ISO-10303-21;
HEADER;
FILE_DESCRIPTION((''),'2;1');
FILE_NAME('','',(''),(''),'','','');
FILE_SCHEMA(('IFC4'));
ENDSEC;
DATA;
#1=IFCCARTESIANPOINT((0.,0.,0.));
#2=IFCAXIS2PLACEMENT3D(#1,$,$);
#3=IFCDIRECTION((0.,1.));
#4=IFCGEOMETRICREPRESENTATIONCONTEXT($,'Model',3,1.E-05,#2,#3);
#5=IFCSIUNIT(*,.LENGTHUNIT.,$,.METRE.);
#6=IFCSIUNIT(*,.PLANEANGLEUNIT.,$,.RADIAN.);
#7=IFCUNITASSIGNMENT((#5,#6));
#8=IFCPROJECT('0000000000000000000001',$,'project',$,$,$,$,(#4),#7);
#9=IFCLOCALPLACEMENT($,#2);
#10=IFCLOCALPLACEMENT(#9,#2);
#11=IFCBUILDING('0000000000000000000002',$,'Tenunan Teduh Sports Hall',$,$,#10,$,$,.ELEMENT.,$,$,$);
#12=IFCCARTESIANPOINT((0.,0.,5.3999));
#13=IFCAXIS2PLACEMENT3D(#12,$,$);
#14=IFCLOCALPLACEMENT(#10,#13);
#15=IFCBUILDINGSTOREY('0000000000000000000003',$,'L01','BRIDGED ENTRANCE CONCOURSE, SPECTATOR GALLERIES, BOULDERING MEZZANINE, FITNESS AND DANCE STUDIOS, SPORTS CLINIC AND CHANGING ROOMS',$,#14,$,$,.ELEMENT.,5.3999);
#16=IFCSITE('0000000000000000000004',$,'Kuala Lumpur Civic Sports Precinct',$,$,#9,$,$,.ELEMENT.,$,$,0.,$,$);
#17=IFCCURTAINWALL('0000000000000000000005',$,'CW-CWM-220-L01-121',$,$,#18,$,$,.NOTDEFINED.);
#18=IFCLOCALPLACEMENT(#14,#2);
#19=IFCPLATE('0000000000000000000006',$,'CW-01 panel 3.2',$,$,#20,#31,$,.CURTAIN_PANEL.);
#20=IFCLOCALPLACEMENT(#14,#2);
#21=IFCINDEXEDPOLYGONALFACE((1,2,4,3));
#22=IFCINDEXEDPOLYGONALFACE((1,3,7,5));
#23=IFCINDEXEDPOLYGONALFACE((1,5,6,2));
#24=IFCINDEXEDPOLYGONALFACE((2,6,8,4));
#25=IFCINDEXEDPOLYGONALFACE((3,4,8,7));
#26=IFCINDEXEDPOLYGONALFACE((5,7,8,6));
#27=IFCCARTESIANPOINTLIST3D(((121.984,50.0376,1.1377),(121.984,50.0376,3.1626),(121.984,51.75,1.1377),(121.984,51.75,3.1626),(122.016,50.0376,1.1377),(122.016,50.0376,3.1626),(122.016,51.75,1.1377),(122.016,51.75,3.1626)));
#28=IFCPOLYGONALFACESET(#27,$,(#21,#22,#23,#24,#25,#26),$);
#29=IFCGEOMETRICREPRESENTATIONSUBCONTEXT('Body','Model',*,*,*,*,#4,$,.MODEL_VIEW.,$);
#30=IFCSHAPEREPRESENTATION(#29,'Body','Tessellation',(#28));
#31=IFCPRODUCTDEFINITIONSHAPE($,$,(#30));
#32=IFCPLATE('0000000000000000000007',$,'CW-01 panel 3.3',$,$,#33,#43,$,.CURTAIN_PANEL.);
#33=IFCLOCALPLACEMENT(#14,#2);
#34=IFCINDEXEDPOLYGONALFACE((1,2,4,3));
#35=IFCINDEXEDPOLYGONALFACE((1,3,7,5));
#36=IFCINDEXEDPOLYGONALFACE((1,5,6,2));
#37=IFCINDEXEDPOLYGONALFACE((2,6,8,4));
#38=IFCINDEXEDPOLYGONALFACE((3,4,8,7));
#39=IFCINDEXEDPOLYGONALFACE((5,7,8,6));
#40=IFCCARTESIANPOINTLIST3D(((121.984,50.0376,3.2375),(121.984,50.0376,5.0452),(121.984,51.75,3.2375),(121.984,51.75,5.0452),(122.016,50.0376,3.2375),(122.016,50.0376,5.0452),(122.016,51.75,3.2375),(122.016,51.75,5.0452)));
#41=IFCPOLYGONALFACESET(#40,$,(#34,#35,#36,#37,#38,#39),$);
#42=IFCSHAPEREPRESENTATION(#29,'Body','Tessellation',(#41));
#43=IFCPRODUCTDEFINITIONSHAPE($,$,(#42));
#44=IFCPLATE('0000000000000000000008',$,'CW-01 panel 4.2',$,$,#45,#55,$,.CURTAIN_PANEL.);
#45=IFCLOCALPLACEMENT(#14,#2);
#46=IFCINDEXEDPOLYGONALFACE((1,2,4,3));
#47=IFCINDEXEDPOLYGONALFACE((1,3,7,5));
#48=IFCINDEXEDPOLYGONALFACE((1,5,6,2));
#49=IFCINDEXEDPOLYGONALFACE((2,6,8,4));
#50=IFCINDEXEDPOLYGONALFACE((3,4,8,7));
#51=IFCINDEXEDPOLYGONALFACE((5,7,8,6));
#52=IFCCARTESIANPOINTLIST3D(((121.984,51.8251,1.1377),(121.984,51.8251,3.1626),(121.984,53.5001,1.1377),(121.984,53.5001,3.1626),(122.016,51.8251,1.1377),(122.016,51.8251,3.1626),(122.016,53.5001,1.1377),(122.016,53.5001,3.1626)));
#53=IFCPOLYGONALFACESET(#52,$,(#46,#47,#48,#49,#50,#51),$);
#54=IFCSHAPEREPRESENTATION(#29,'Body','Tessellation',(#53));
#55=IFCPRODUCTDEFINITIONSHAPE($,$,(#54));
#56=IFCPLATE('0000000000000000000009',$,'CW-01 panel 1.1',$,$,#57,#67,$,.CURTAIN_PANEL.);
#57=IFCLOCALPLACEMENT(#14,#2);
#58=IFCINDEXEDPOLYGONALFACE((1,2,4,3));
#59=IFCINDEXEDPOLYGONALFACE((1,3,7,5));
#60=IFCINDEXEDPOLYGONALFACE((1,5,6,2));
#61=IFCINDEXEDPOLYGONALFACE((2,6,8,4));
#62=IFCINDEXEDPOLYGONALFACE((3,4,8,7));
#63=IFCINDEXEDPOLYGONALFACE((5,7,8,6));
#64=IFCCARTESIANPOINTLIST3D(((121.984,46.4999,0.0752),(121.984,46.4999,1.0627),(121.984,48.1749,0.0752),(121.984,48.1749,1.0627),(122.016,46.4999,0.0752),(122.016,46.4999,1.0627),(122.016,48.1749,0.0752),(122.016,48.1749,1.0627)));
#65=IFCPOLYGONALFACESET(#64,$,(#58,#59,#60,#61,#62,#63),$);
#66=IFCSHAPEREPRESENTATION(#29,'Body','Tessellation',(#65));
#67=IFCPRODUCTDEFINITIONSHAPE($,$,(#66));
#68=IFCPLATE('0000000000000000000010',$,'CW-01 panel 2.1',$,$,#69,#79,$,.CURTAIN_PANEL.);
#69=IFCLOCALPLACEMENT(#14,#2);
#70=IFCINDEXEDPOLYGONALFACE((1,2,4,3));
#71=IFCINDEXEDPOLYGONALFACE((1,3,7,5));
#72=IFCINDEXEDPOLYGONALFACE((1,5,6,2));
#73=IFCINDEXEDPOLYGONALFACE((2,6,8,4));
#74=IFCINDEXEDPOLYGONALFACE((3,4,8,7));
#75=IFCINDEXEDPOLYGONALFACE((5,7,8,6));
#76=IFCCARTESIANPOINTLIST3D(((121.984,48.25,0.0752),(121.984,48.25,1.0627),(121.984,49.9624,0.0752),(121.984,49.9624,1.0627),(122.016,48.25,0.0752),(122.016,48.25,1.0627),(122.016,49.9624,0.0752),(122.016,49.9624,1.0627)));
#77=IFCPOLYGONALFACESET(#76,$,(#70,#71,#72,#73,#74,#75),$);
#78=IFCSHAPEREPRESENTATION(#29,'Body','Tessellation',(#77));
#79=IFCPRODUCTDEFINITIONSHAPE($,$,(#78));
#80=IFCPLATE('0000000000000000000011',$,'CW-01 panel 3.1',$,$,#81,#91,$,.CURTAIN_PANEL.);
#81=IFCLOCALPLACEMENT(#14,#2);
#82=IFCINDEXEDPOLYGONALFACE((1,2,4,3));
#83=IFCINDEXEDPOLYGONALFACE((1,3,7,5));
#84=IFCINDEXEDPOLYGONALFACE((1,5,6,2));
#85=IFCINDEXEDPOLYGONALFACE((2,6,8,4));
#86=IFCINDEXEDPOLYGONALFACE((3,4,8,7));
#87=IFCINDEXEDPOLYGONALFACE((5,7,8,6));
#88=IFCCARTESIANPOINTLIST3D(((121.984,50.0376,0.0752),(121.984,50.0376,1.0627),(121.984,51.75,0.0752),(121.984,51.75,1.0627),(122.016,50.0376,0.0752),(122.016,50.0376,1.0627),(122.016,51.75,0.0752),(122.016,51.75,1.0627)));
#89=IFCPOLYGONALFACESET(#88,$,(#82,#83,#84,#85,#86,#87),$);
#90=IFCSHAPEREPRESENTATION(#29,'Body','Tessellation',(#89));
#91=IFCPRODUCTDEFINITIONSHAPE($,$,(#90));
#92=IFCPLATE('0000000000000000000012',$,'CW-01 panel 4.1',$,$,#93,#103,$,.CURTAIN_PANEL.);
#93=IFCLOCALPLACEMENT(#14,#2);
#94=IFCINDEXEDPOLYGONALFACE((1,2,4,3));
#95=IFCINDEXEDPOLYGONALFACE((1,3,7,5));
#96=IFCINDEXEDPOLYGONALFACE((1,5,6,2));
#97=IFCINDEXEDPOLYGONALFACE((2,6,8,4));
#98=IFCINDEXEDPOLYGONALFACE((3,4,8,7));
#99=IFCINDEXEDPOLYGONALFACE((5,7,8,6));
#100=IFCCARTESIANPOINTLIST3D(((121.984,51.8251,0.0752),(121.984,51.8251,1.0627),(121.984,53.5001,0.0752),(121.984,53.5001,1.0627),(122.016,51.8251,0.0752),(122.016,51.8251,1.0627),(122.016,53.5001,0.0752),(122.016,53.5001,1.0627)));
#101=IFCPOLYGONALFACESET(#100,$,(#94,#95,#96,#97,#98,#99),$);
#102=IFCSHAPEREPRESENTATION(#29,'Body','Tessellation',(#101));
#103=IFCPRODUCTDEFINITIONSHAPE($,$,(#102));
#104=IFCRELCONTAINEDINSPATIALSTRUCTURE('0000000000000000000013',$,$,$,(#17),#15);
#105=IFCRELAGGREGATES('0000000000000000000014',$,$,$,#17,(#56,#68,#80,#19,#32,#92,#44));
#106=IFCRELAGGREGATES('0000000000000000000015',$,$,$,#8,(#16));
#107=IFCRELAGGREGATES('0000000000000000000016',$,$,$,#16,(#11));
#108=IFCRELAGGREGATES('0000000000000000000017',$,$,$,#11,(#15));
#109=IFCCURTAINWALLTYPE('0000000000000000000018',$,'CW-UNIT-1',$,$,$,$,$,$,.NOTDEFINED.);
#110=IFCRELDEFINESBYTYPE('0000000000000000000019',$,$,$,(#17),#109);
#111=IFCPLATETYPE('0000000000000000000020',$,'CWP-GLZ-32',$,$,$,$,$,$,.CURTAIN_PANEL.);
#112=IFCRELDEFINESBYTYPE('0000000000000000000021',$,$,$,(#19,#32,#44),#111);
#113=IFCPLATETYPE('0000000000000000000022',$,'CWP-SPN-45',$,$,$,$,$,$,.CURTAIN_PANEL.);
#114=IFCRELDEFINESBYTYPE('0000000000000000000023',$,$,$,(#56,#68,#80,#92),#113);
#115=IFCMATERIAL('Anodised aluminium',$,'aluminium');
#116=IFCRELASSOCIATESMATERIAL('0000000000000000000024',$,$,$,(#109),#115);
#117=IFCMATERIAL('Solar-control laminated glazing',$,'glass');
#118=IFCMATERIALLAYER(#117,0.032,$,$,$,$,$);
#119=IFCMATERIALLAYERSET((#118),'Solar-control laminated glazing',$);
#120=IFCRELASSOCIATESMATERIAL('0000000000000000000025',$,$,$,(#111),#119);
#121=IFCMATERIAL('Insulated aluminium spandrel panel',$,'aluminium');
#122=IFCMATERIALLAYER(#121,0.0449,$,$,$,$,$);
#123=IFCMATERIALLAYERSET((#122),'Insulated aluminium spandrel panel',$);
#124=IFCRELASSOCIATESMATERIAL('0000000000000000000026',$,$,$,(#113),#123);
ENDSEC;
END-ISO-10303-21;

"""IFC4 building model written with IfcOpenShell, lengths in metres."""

from ifc_helpers import new_model, si_unit, direction, frame, origin, origin_2d, place, context, subcontext, project, spatial, rectangle, extrude, material, layer, layer_set, type_object, element, aggregate, save


model = new_model("IFC4")

# Units and contexts
model_context = context("Model", 3, precision=1e-05, world=origin(), true_north=direction((0.0, 1.0)))
body_context = subcontext(model_context, "Body", "Model", "MODEL_VIEW")
ifc_project = project(units=[si_unit("LENGTHUNIT", "METRE"), si_unit("PLANEANGLEUNIT", "RADIAN")], contexts=[model_context])

# Site, building, storey
site_placement = place(None, origin())
site = spatial("IfcSite", under=ifc_project, at=site_placement, Name="Kuala Lumpur Civic Sports Precinct", CompositionType="ELEMENT", RefElevation=0.0)
building_placement = place(site_placement, origin())
building = spatial("IfcBuilding", under=site, at=building_placement, Name="Tenunan Teduh Sports Hall", CompositionType="ELEMENT")
storey_placement = place(building_placement, frame((0.0, 0.0, 5.3999)))
storey = spatial("IfcBuildingStorey", under=building, at=storey_placement, Name="L01", Description="BRIDGED ENTRANCE CONCOURSE, SPECTATOR GALLERIES, BOULDERING MEZZANINE, FITNESS AND DANCE STUDIOS, SPORTS CLINIC AND CHANGING ROOMS", CompositionType="ELEMENT", Elevation=5.3999)

# Curtain wall
ifc_material_1 = material(Name="Anodised aluminium", Category="aluminium")
curtain_wall_type = type_object("IfcCurtainWallType", Name="CW-UNIT-1", PredefinedType="NOTDEFINED", material=ifc_material_1)
curtain_wall_placement = place(storey_placement, origin())
curtain_wall = element("IfcCurtainWall", 1, at=curtain_wall_placement, inside=storey, type_object=curtain_wall_type, Name="CW-CWM-220-L01-121", PredefinedType="NOTDEFINED")

# Plates
ifc_material_2 = material(Name="Solar-control laminated glazing", Category="glass")
ifc_layer_1 = layer(ifc_material_2, 0.032)
ifc_layer_set_1 = layer_set([ifc_layer_1], Name="Solar-control laminated glazing")
plate_type_1 = type_object("IfcPlateType", Name="CWP-GLZ-32", PredefinedType="CURTAIN_PANEL", material=ifc_layer_set_1)
plate_1_placement = place(storey_placement, frame((122.0, 50.8938, 1.1377), z_axis=(0.0, 0.0, 1.0), x_axis=(0.0, 1.0, 0.0)))
plate_1 = element("IfcPlate", 2, at=plate_1_placement, type_object=plate_type_1, Name="CW-01 panel 3.2", PredefinedType="CURTAIN_PANEL", context=body_context, shape_type="SweptSolid", body=[
    extrude(rectangle(XDim=1.7124, YDim=0.032, at=origin_2d()), origin(), (0.0, 0.0, 1.0), 2.0249),
])
plate_2_placement = place(storey_placement, frame((122.0, 50.8938, 3.2375), z_axis=(0.0, 0.0, 1.0), x_axis=(0.0, 1.0, 0.0)))
plate_2 = element("IfcPlate", 3, at=plate_2_placement, type_object=plate_type_1, Name="CW-01 panel 3.3", PredefinedType="CURTAIN_PANEL", context=body_context, shape_type="SweptSolid", body=[
    extrude(rectangle(XDim=1.7124, YDim=0.032, at=origin_2d()), origin(), (0.0, 0.0, 1.0), 1.8076),
])
plate_3_placement = place(storey_placement, frame((122.0, 52.6626, 1.1377), z_axis=(0.0, 0.0, 1.0), x_axis=(0.0, 1.0, 0.0)))
plate_3 = element("IfcPlate", 4, at=plate_3_placement, type_object=plate_type_1, Name="CW-01 panel 4.2", PredefinedType="CURTAIN_PANEL", context=body_context, shape_type="SweptSolid", body=[
    extrude(rectangle(XDim=1.675, YDim=0.032, at=origin_2d()), origin(), (0.0, 0.0, 1.0), 2.0249),
])
ifc_material_3 = material(Name="Insulated aluminium spandrel panel", Category="aluminium")
ifc_layer_2 = layer(ifc_material_3, 0.0449)
ifc_layer_set_2 = layer_set([ifc_layer_2], Name="Insulated aluminium spandrel panel")
plate_type_2 = type_object("IfcPlateType", Name="CWP-SPN-45", PredefinedType="CURTAIN_PANEL", material=ifc_layer_set_2)
plate_4_placement = place(storey_placement, frame((122.0, 47.3374, 0.0752), z_axis=(0.0, 0.0, 1.0), x_axis=(0.0, 1.0, 0.0)))
plate_4 = element("IfcPlate", 5, at=plate_4_placement, type_object=plate_type_2, Name="CW-01 panel 1.1", PredefinedType="CURTAIN_PANEL", context=body_context, shape_type="SweptSolid", body=[
    extrude(rectangle(XDim=1.675, YDim=0.032, at=origin_2d()), origin(), (0.0, 0.0, 1.0), 0.9875),
])
plate_5_placement = place(storey_placement, frame((122.0, 49.1062, 0.0752), z_axis=(0.0, 0.0, 1.0), x_axis=(0.0, 1.0, 0.0)))
plate_5 = element("IfcPlate", 6, at=plate_5_placement, type_object=plate_type_2, Name="CW-01 panel 2.1", PredefinedType="CURTAIN_PANEL", context=body_context, shape_type="SweptSolid", body=[
    extrude(rectangle(XDim=1.7124, YDim=0.032, at=origin_2d()), origin(), (0.0, 0.0, 1.0), 0.9875),
])
plate_6_placement = place(storey_placement, frame((122.0, 50.8938, 0.0752), z_axis=(0.0, 0.0, 1.0), x_axis=(0.0, 1.0, 0.0)))
plate_6 = element("IfcPlate", 7, at=plate_6_placement, type_object=plate_type_2, Name="CW-01 panel 3.1", PredefinedType="CURTAIN_PANEL", context=body_context, shape_type="SweptSolid", body=[
    extrude(rectangle(XDim=1.7124, YDim=0.032, at=origin_2d()), origin(), (0.0, 0.0, 1.0), 0.9875),
])
plate_7_placement = place(storey_placement, frame((122.0, 52.6626, 0.0752), z_axis=(0.0, 0.0, 1.0), x_axis=(0.0, 1.0, 0.0)))
plate_7 = element("IfcPlate", 8, at=plate_7_placement, type_object=plate_type_2, Name="CW-01 panel 4.1", PredefinedType="CURTAIN_PANEL", context=body_context, shape_type="SweptSolid", body=[
    extrude(rectangle(XDim=1.675, YDim=0.032, at=origin_2d()), origin(), (0.0, 0.0, 1.0), 0.9875),
])
aggregate(curtain_wall, [plate_4, plate_5, plate_6, plate_1, plate_2, plate_7, plate_3])

save(model, "model.ifc")
